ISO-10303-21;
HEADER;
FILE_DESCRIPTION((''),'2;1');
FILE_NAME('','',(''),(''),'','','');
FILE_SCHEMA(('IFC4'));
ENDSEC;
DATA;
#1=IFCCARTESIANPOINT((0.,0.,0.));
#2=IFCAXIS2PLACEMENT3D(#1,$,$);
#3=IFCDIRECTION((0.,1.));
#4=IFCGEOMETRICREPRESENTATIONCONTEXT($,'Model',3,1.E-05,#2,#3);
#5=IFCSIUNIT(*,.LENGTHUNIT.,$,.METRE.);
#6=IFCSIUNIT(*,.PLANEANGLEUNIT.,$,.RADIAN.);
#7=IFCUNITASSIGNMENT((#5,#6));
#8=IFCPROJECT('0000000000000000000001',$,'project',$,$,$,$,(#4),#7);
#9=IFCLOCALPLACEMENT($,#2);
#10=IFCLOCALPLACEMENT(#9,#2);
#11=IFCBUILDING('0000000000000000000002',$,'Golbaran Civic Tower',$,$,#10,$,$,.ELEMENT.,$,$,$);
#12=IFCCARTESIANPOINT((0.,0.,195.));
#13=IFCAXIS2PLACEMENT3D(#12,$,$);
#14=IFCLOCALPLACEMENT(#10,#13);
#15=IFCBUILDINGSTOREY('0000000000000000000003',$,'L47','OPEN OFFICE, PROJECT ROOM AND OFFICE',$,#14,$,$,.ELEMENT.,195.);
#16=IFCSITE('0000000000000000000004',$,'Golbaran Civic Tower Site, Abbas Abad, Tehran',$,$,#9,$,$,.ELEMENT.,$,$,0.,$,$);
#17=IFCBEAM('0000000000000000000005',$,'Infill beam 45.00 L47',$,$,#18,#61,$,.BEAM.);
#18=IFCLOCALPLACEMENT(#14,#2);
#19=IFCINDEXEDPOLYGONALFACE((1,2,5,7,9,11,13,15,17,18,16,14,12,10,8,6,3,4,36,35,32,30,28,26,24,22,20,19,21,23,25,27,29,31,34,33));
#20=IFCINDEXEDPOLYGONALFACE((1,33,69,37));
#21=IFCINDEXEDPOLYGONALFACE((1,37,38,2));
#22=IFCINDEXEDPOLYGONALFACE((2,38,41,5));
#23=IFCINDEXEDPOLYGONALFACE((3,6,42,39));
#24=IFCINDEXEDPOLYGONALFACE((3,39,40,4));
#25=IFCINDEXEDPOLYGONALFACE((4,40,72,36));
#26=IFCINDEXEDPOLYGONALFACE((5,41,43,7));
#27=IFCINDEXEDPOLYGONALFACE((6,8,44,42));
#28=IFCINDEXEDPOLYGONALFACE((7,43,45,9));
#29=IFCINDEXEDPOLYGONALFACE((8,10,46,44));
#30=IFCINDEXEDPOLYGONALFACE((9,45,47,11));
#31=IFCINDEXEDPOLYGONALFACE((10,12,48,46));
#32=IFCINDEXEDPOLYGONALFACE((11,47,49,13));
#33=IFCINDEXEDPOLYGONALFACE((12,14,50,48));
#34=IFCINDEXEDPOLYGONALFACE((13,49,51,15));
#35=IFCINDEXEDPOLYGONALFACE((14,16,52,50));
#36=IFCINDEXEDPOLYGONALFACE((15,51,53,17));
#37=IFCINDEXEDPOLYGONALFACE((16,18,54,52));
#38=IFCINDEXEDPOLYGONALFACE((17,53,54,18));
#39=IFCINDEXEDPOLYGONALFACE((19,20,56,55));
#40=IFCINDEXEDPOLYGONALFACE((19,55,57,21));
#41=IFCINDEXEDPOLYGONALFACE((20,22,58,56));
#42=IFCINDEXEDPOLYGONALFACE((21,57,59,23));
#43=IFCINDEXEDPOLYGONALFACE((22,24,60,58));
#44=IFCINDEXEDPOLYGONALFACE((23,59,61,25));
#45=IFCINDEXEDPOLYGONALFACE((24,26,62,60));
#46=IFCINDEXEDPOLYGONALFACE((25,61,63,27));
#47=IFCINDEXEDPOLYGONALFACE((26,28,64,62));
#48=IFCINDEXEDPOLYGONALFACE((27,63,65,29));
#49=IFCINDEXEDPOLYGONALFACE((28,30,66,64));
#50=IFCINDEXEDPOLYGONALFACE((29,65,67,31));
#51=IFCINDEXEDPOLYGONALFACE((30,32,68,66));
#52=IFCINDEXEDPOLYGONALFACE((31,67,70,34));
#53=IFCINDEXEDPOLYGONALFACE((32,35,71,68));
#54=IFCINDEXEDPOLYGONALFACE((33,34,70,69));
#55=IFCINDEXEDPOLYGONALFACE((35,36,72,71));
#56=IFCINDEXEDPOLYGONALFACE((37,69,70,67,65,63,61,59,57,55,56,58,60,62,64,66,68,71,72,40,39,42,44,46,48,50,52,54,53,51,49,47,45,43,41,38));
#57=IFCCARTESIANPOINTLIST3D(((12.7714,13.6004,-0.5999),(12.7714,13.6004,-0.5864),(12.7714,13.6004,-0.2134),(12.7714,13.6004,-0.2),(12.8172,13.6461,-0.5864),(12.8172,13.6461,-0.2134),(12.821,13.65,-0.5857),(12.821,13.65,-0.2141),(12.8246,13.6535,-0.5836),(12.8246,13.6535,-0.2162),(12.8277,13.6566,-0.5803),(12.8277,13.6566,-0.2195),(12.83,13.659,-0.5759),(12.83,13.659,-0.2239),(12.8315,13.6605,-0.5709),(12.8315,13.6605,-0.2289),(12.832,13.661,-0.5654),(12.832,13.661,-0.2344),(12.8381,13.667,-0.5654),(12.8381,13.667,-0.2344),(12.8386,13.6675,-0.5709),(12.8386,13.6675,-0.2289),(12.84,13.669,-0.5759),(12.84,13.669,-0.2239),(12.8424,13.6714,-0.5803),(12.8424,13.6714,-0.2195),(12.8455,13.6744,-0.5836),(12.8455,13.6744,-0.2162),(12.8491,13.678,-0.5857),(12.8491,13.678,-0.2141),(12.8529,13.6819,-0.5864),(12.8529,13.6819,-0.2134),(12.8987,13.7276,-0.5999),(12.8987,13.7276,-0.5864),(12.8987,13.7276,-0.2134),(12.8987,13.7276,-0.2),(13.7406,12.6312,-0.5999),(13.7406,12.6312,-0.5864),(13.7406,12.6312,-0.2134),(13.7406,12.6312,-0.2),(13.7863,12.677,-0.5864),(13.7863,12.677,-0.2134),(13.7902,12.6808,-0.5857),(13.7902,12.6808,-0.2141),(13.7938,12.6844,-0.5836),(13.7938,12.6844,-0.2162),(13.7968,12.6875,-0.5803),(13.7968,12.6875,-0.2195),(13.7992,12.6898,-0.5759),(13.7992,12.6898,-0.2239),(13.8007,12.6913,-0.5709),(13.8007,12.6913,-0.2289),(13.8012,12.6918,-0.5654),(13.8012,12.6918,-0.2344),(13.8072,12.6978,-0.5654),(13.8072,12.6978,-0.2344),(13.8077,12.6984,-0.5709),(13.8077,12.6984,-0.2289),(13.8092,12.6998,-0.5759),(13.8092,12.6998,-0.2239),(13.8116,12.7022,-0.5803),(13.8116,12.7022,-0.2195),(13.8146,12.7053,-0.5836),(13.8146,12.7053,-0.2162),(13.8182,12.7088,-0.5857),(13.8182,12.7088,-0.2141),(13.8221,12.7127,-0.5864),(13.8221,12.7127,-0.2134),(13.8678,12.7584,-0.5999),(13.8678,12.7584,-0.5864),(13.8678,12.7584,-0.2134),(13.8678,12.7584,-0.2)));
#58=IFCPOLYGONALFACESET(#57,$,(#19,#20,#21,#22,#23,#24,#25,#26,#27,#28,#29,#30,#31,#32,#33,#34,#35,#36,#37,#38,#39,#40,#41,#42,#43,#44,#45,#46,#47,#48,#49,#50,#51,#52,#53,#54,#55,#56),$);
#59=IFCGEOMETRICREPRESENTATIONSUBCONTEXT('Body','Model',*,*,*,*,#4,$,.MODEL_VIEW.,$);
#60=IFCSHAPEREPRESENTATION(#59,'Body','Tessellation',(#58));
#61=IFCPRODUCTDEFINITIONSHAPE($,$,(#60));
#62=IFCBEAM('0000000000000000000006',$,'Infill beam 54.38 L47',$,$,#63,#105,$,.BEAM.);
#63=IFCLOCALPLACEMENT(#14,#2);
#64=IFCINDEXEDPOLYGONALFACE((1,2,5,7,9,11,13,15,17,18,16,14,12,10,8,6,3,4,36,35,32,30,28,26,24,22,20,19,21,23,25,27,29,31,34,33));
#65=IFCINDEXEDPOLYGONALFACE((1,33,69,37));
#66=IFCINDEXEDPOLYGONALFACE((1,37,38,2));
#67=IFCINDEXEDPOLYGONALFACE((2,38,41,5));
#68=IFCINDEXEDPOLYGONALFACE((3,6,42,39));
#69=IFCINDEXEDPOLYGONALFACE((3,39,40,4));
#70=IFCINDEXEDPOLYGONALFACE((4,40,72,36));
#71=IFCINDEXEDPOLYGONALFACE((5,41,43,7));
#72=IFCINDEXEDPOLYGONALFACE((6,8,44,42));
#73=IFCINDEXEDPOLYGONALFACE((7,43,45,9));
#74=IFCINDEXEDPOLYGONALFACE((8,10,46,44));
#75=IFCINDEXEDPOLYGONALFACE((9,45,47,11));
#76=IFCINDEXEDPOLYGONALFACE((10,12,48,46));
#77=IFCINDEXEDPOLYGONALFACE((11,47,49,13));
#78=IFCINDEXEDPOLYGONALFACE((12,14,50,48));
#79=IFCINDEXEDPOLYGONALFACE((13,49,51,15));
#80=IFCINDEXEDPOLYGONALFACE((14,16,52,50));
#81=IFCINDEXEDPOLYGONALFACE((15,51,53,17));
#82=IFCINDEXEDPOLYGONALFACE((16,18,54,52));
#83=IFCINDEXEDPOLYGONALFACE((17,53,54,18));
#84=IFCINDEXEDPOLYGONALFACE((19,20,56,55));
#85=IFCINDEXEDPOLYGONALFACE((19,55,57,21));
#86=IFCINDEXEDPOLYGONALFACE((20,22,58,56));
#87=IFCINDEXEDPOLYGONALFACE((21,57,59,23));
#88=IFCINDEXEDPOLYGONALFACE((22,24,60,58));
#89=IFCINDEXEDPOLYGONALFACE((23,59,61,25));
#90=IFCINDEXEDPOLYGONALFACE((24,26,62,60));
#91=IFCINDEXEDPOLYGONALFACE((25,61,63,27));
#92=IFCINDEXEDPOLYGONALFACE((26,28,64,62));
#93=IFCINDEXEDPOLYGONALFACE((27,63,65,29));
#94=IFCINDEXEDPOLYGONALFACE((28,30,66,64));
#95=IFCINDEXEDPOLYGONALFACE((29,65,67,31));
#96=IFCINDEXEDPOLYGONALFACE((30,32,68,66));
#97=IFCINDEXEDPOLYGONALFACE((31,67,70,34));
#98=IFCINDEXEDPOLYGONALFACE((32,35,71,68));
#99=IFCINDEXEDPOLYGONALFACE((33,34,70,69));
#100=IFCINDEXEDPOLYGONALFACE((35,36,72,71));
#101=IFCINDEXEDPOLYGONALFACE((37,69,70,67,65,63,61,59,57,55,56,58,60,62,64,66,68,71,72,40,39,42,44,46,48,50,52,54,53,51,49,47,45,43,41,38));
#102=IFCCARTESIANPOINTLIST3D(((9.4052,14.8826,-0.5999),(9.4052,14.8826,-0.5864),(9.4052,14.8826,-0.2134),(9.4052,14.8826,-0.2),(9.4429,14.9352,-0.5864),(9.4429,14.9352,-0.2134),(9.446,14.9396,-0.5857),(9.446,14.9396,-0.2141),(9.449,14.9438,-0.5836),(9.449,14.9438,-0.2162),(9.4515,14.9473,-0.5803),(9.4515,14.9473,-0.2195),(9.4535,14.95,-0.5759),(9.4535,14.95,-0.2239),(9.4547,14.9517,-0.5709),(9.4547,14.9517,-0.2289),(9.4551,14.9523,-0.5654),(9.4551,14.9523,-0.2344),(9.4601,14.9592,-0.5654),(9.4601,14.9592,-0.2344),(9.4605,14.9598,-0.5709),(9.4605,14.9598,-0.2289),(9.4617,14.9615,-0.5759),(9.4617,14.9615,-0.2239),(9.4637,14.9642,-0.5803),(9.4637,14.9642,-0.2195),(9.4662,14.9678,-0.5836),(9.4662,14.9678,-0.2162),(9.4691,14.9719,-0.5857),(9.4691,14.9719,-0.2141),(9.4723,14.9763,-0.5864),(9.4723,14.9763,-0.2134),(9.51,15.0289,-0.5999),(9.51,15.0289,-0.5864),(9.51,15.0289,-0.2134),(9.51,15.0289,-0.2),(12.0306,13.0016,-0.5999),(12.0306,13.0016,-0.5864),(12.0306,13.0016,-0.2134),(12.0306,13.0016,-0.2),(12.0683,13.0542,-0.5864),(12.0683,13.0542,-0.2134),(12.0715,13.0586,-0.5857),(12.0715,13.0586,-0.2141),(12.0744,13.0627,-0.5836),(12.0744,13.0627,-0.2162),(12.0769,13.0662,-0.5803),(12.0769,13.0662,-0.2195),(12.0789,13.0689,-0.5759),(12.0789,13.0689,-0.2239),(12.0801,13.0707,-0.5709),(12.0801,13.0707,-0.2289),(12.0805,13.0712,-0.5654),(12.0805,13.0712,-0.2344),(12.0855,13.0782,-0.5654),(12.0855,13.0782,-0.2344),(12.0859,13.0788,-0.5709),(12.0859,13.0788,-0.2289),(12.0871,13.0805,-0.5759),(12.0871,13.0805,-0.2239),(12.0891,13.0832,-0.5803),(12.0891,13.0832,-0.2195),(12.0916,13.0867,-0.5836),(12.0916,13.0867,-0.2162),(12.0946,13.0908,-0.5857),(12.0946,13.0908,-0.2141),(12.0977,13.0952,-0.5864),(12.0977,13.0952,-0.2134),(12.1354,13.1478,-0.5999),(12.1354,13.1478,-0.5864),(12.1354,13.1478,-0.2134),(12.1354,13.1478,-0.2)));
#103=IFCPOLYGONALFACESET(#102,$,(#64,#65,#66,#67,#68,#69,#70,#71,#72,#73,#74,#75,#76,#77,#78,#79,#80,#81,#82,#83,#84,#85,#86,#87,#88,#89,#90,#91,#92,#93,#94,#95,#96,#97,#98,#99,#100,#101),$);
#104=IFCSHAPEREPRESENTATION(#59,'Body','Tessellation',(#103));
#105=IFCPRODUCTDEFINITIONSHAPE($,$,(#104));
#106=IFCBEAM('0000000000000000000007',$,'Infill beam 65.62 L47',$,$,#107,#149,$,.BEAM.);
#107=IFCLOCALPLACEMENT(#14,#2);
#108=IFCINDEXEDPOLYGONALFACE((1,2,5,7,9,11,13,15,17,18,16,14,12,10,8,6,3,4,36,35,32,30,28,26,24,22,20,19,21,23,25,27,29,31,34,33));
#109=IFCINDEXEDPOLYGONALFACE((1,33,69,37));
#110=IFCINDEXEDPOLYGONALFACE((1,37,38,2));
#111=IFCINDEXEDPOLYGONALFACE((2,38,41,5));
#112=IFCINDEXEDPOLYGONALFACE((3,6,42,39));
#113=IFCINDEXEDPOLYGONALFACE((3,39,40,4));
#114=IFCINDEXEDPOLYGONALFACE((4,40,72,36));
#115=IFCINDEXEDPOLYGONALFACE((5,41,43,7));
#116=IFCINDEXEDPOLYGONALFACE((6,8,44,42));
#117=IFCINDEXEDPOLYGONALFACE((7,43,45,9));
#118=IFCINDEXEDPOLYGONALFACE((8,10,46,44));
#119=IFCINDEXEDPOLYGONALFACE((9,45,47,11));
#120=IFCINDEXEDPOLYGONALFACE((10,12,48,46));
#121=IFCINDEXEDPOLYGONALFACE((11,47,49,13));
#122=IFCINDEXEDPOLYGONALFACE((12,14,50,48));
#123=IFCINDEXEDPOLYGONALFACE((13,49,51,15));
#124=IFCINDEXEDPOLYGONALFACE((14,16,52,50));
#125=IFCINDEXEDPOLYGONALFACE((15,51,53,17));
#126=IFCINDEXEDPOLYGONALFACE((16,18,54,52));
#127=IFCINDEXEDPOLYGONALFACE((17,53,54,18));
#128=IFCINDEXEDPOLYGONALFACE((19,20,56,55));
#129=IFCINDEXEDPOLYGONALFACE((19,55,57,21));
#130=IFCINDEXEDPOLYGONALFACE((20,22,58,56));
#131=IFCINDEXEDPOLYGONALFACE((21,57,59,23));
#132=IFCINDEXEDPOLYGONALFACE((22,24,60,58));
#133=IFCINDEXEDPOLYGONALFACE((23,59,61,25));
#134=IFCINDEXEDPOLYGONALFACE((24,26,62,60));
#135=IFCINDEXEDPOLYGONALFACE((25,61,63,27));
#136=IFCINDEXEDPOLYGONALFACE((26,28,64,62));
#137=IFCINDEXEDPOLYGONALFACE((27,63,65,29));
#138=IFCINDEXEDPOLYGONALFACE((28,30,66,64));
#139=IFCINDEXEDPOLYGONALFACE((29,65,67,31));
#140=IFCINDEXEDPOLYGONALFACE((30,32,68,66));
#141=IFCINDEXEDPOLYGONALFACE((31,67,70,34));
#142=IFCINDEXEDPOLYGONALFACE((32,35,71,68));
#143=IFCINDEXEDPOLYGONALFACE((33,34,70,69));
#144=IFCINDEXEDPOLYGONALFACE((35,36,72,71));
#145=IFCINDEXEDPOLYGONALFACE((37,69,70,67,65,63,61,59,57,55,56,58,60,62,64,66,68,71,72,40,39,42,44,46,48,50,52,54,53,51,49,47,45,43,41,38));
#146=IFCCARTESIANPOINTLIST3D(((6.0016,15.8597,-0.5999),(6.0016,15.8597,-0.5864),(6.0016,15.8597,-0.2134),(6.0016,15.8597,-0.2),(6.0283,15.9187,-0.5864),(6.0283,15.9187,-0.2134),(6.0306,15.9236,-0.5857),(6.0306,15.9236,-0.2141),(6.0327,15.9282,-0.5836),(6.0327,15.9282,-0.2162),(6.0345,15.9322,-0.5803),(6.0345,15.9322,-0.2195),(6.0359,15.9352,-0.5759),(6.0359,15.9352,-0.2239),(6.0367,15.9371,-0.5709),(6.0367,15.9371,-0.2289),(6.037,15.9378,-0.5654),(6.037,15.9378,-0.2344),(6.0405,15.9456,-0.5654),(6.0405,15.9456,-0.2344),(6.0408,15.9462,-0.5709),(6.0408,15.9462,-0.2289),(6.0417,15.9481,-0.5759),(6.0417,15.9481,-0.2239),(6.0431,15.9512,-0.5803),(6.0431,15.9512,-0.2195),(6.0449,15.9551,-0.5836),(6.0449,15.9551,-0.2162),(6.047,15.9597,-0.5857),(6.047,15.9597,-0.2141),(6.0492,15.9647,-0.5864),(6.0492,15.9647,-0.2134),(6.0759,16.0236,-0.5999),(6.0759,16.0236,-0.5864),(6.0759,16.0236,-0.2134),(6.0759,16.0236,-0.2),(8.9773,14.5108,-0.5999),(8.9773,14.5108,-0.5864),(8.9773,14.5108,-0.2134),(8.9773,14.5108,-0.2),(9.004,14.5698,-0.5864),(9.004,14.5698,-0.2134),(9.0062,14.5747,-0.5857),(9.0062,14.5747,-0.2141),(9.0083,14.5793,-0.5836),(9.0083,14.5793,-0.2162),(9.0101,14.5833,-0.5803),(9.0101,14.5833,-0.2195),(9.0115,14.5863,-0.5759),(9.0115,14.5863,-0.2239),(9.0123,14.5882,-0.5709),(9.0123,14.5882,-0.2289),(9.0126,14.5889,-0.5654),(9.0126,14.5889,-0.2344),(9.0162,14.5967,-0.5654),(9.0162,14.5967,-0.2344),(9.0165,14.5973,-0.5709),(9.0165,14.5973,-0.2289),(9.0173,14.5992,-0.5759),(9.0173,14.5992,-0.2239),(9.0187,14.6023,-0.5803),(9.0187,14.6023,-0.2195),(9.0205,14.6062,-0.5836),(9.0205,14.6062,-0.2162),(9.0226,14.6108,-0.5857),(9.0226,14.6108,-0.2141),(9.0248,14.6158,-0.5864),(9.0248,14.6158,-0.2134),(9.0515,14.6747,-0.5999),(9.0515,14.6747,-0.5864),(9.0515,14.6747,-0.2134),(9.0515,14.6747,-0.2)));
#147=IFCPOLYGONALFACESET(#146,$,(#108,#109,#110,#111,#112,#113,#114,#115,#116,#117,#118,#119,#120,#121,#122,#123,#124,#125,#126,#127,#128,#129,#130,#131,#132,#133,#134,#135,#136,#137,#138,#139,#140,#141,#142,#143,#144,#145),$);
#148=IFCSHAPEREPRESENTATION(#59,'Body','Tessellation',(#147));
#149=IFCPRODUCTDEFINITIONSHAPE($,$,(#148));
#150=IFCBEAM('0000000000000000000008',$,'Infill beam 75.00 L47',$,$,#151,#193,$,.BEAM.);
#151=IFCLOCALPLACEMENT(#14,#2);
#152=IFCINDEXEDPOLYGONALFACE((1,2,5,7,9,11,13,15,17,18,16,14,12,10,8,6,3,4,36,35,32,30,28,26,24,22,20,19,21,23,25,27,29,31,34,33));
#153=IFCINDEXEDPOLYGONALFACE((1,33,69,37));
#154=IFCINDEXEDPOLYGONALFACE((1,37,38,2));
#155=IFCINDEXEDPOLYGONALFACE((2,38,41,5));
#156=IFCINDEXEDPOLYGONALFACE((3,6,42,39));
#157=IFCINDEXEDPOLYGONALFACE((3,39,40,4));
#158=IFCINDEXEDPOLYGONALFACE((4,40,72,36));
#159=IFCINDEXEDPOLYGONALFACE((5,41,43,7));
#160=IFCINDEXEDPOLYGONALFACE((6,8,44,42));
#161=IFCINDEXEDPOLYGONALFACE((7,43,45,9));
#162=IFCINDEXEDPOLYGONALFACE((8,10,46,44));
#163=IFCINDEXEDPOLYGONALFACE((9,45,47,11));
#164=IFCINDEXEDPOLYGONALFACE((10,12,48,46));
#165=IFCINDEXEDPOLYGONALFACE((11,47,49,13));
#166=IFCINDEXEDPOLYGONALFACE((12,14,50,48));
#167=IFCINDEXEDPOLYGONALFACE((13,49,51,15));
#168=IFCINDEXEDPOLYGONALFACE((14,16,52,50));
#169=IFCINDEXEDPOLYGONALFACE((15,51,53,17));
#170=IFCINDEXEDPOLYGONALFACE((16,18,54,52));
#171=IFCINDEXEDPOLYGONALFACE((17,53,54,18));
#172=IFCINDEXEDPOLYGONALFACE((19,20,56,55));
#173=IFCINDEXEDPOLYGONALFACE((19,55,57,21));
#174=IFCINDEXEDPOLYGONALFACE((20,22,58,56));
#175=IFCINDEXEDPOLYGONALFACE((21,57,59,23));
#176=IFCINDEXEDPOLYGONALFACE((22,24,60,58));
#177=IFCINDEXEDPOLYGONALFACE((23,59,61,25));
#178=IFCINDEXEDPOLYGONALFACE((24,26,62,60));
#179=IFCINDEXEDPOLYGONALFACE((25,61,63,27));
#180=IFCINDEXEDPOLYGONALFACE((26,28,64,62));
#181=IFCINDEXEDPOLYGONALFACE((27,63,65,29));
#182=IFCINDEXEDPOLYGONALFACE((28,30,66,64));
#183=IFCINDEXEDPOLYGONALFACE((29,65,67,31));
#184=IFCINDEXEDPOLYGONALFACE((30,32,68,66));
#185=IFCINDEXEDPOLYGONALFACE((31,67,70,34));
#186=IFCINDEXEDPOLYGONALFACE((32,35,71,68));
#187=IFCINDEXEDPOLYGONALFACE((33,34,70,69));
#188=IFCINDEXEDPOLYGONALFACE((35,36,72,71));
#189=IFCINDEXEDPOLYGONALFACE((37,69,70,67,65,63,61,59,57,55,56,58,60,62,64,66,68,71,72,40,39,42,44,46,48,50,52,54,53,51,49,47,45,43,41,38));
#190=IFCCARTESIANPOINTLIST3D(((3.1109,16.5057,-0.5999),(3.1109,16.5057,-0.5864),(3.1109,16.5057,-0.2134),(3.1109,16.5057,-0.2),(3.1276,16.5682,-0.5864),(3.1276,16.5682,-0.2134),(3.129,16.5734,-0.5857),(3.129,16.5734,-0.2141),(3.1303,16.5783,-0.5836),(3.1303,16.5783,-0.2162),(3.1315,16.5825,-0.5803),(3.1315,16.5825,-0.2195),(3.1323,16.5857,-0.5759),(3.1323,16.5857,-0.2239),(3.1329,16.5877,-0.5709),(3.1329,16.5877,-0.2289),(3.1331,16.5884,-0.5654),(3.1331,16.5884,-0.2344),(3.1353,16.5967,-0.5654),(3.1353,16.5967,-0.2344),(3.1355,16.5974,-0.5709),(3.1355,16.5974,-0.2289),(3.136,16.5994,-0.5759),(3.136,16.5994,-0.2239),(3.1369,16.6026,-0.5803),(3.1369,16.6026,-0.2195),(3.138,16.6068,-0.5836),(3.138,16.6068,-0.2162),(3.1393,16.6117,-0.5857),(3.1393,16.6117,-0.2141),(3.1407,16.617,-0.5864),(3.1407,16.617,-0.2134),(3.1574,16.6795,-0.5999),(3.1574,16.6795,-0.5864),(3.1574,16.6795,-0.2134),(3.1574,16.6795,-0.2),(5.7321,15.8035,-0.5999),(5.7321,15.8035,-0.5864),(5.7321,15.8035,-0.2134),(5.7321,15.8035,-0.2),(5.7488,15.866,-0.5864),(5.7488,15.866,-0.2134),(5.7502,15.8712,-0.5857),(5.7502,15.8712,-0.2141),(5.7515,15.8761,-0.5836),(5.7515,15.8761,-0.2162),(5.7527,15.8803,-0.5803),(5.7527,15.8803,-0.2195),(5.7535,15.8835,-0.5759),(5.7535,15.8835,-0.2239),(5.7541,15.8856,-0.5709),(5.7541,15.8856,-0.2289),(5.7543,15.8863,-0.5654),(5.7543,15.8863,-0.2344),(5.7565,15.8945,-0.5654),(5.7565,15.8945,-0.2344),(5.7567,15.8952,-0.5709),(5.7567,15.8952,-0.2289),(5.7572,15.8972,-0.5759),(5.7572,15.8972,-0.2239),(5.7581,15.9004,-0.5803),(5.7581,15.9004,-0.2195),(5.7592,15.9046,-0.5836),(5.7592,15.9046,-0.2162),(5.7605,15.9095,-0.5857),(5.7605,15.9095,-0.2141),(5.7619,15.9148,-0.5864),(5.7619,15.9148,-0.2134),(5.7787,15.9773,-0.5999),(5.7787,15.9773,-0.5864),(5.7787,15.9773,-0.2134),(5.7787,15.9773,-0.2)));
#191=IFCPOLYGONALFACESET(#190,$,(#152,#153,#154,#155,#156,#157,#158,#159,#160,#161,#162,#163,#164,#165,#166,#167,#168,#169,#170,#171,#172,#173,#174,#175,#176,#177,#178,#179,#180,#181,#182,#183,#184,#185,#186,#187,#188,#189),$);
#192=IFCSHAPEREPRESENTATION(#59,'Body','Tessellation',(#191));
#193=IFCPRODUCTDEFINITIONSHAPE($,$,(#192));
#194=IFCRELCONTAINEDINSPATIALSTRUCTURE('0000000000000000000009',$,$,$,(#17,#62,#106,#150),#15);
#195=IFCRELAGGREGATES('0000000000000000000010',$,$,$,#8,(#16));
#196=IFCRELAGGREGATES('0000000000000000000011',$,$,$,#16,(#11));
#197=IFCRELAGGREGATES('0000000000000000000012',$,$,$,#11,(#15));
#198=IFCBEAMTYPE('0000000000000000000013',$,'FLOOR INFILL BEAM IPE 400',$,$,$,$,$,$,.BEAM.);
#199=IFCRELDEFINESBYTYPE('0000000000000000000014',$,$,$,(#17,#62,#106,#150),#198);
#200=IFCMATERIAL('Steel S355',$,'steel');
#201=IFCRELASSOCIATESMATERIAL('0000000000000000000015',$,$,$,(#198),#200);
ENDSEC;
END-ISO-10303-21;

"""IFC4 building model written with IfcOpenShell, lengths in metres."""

from ifc_helpers import new_model, si_unit, direction, frame, origin, origin_2d, place, context, subcontext, project, spatial, i_section, extrude, material, material_profile, profile_set, type_object, element, save


model = new_model("IFC4")

# Units and contexts
model_context = context("Model", 3, precision=1e-05, world=origin(), true_north=direction((0.0, 1.0)))
body_context = subcontext(model_context, "Body", "Model", "MODEL_VIEW")
ifc_project = project(units=[si_unit("LENGTHUNIT", "METRE"), si_unit("PLANEANGLEUNIT", "RADIAN")], contexts=[model_context])

# Site, building, storey
site_placement = place(None, origin())
site = spatial("IfcSite", under=ifc_project, at=site_placement, Name="Golbaran Civic Tower Site, Abbas Abad, Tehran", CompositionType="ELEMENT", RefElevation=0.0)
building_placement = place(site_placement, origin())
building = spatial("IfcBuilding", under=site, at=building_placement, Name="Golbaran Civic Tower", CompositionType="ELEMENT")
storey_placement = place(building_placement, frame((0.0, 0.0, 195.0)))
storey = spatial("IfcBuildingStorey", under=building, at=storey_placement, Name="L47", Description="OPEN OFFICE, PROJECT ROOM AND OFFICE", CompositionType="ELEMENT", Elevation=195.0)

# Beams
ifc_material_1 = material(Name="Steel S355", Category="steel")
ifc_material_profile_1 = material_profile(ifc_material_1, i_section(OverallWidth=0.1799, OverallDepth=0.3999, WebThickness=0.0085, FlangeThickness=0.0134, FilletRadius=0.021, at=origin_2d()), Name="IPE 400")
ifc_profile_set_1 = profile_set([ifc_material_profile_1], Name="Steel S355")
beam_type_1 = type_object("IfcBeamType", Name="FLOOR INFILL BEAM IPE 400", PredefinedType="BEAM", material=ifc_profile_set_1)
beam_1_placement = place(storey_placement, frame((13.8042, 12.6948, -0.3999), z_axis=(-0.707107, 0.707107, 0.0), x_axis=(-0.707107, -0.707107, 0.0)))
element("IfcBeam", 1, at=beam_1_placement, inside=storey, type_object=beam_type_1, Name="Infill beam 45.00 L47", PredefinedType="BEAM", context=body_context, shape_type="SweptSolid", body=[
    extrude(i_section(OverallWidth=0.1799, OverallDepth=0.3999, WebThickness=0.0085, FlangeThickness=0.0134, FilletRadius=0.021, at=origin_2d()), origin(), (0.0, 0.0, 1.0), 1.3706),
])
beam_2_placement = place(storey_placement, frame((12.083, 13.0747, -0.3999), z_axis=(-0.81289, 0.582417, 0.0), x_axis=(-0.582417, -0.81289, 0.0)))
element("IfcBeam", 2, at=beam_2_placement, inside=storey, type_object=beam_type_1, Name="Infill beam 54.38 L47", PredefinedType="BEAM", context=body_context, shape_type="SweptSolid", body=[
    extrude(i_section(OverallWidth=0.1799, OverallDepth=0.3999, WebThickness=0.0085, FlangeThickness=0.0134, FilletRadius=0.021, at=origin_2d()), origin(), (0.0, 0.0, 1.0), 3.2297),
])
beam_3_placement = place(storey_placement, frame((9.0144, 14.5928, -0.3999), z_axis=(-0.910788, 0.412874, 0.0), x_axis=(-0.412874, -0.910788, 0.0)))
element("IfcBeam", 3, at=beam_3_placement, inside=storey, type_object=beam_type_1, Name="Infill beam 65.62 L47", PredefinedType="BEAM", context=body_context, shape_type="SweptSolid", body=[
    extrude(i_section(OverallWidth=0.1799, OverallDepth=0.3999, WebThickness=0.0085, FlangeThickness=0.0134, FilletRadius=0.021, at=origin_2d()), origin(), (0.0, 0.0, 1.0), 3.2671),
])
beam_4_placement = place(storey_placement, frame((5.7554, 15.8904, -0.3999), z_axis=(-0.965942, 0.25876, 0.0), x_axis=(-0.25876, -0.965942, 0.0)))
element("IfcBeam", 4, at=beam_4_placement, inside=storey, type_object=beam_type_1, Name="Infill beam 75.00 L47", PredefinedType="BEAM", context=body_context, shape_type="SweptSolid", body=[
    extrude(i_section(OverallWidth=0.1799, OverallDepth=0.3999, WebThickness=0.0085, FlangeThickness=0.0134, FilletRadius=0.021, at=origin_2d()), origin(), (0.0, 0.0, 1.0), 2.7136),
])

save(model, "model.ifc")
